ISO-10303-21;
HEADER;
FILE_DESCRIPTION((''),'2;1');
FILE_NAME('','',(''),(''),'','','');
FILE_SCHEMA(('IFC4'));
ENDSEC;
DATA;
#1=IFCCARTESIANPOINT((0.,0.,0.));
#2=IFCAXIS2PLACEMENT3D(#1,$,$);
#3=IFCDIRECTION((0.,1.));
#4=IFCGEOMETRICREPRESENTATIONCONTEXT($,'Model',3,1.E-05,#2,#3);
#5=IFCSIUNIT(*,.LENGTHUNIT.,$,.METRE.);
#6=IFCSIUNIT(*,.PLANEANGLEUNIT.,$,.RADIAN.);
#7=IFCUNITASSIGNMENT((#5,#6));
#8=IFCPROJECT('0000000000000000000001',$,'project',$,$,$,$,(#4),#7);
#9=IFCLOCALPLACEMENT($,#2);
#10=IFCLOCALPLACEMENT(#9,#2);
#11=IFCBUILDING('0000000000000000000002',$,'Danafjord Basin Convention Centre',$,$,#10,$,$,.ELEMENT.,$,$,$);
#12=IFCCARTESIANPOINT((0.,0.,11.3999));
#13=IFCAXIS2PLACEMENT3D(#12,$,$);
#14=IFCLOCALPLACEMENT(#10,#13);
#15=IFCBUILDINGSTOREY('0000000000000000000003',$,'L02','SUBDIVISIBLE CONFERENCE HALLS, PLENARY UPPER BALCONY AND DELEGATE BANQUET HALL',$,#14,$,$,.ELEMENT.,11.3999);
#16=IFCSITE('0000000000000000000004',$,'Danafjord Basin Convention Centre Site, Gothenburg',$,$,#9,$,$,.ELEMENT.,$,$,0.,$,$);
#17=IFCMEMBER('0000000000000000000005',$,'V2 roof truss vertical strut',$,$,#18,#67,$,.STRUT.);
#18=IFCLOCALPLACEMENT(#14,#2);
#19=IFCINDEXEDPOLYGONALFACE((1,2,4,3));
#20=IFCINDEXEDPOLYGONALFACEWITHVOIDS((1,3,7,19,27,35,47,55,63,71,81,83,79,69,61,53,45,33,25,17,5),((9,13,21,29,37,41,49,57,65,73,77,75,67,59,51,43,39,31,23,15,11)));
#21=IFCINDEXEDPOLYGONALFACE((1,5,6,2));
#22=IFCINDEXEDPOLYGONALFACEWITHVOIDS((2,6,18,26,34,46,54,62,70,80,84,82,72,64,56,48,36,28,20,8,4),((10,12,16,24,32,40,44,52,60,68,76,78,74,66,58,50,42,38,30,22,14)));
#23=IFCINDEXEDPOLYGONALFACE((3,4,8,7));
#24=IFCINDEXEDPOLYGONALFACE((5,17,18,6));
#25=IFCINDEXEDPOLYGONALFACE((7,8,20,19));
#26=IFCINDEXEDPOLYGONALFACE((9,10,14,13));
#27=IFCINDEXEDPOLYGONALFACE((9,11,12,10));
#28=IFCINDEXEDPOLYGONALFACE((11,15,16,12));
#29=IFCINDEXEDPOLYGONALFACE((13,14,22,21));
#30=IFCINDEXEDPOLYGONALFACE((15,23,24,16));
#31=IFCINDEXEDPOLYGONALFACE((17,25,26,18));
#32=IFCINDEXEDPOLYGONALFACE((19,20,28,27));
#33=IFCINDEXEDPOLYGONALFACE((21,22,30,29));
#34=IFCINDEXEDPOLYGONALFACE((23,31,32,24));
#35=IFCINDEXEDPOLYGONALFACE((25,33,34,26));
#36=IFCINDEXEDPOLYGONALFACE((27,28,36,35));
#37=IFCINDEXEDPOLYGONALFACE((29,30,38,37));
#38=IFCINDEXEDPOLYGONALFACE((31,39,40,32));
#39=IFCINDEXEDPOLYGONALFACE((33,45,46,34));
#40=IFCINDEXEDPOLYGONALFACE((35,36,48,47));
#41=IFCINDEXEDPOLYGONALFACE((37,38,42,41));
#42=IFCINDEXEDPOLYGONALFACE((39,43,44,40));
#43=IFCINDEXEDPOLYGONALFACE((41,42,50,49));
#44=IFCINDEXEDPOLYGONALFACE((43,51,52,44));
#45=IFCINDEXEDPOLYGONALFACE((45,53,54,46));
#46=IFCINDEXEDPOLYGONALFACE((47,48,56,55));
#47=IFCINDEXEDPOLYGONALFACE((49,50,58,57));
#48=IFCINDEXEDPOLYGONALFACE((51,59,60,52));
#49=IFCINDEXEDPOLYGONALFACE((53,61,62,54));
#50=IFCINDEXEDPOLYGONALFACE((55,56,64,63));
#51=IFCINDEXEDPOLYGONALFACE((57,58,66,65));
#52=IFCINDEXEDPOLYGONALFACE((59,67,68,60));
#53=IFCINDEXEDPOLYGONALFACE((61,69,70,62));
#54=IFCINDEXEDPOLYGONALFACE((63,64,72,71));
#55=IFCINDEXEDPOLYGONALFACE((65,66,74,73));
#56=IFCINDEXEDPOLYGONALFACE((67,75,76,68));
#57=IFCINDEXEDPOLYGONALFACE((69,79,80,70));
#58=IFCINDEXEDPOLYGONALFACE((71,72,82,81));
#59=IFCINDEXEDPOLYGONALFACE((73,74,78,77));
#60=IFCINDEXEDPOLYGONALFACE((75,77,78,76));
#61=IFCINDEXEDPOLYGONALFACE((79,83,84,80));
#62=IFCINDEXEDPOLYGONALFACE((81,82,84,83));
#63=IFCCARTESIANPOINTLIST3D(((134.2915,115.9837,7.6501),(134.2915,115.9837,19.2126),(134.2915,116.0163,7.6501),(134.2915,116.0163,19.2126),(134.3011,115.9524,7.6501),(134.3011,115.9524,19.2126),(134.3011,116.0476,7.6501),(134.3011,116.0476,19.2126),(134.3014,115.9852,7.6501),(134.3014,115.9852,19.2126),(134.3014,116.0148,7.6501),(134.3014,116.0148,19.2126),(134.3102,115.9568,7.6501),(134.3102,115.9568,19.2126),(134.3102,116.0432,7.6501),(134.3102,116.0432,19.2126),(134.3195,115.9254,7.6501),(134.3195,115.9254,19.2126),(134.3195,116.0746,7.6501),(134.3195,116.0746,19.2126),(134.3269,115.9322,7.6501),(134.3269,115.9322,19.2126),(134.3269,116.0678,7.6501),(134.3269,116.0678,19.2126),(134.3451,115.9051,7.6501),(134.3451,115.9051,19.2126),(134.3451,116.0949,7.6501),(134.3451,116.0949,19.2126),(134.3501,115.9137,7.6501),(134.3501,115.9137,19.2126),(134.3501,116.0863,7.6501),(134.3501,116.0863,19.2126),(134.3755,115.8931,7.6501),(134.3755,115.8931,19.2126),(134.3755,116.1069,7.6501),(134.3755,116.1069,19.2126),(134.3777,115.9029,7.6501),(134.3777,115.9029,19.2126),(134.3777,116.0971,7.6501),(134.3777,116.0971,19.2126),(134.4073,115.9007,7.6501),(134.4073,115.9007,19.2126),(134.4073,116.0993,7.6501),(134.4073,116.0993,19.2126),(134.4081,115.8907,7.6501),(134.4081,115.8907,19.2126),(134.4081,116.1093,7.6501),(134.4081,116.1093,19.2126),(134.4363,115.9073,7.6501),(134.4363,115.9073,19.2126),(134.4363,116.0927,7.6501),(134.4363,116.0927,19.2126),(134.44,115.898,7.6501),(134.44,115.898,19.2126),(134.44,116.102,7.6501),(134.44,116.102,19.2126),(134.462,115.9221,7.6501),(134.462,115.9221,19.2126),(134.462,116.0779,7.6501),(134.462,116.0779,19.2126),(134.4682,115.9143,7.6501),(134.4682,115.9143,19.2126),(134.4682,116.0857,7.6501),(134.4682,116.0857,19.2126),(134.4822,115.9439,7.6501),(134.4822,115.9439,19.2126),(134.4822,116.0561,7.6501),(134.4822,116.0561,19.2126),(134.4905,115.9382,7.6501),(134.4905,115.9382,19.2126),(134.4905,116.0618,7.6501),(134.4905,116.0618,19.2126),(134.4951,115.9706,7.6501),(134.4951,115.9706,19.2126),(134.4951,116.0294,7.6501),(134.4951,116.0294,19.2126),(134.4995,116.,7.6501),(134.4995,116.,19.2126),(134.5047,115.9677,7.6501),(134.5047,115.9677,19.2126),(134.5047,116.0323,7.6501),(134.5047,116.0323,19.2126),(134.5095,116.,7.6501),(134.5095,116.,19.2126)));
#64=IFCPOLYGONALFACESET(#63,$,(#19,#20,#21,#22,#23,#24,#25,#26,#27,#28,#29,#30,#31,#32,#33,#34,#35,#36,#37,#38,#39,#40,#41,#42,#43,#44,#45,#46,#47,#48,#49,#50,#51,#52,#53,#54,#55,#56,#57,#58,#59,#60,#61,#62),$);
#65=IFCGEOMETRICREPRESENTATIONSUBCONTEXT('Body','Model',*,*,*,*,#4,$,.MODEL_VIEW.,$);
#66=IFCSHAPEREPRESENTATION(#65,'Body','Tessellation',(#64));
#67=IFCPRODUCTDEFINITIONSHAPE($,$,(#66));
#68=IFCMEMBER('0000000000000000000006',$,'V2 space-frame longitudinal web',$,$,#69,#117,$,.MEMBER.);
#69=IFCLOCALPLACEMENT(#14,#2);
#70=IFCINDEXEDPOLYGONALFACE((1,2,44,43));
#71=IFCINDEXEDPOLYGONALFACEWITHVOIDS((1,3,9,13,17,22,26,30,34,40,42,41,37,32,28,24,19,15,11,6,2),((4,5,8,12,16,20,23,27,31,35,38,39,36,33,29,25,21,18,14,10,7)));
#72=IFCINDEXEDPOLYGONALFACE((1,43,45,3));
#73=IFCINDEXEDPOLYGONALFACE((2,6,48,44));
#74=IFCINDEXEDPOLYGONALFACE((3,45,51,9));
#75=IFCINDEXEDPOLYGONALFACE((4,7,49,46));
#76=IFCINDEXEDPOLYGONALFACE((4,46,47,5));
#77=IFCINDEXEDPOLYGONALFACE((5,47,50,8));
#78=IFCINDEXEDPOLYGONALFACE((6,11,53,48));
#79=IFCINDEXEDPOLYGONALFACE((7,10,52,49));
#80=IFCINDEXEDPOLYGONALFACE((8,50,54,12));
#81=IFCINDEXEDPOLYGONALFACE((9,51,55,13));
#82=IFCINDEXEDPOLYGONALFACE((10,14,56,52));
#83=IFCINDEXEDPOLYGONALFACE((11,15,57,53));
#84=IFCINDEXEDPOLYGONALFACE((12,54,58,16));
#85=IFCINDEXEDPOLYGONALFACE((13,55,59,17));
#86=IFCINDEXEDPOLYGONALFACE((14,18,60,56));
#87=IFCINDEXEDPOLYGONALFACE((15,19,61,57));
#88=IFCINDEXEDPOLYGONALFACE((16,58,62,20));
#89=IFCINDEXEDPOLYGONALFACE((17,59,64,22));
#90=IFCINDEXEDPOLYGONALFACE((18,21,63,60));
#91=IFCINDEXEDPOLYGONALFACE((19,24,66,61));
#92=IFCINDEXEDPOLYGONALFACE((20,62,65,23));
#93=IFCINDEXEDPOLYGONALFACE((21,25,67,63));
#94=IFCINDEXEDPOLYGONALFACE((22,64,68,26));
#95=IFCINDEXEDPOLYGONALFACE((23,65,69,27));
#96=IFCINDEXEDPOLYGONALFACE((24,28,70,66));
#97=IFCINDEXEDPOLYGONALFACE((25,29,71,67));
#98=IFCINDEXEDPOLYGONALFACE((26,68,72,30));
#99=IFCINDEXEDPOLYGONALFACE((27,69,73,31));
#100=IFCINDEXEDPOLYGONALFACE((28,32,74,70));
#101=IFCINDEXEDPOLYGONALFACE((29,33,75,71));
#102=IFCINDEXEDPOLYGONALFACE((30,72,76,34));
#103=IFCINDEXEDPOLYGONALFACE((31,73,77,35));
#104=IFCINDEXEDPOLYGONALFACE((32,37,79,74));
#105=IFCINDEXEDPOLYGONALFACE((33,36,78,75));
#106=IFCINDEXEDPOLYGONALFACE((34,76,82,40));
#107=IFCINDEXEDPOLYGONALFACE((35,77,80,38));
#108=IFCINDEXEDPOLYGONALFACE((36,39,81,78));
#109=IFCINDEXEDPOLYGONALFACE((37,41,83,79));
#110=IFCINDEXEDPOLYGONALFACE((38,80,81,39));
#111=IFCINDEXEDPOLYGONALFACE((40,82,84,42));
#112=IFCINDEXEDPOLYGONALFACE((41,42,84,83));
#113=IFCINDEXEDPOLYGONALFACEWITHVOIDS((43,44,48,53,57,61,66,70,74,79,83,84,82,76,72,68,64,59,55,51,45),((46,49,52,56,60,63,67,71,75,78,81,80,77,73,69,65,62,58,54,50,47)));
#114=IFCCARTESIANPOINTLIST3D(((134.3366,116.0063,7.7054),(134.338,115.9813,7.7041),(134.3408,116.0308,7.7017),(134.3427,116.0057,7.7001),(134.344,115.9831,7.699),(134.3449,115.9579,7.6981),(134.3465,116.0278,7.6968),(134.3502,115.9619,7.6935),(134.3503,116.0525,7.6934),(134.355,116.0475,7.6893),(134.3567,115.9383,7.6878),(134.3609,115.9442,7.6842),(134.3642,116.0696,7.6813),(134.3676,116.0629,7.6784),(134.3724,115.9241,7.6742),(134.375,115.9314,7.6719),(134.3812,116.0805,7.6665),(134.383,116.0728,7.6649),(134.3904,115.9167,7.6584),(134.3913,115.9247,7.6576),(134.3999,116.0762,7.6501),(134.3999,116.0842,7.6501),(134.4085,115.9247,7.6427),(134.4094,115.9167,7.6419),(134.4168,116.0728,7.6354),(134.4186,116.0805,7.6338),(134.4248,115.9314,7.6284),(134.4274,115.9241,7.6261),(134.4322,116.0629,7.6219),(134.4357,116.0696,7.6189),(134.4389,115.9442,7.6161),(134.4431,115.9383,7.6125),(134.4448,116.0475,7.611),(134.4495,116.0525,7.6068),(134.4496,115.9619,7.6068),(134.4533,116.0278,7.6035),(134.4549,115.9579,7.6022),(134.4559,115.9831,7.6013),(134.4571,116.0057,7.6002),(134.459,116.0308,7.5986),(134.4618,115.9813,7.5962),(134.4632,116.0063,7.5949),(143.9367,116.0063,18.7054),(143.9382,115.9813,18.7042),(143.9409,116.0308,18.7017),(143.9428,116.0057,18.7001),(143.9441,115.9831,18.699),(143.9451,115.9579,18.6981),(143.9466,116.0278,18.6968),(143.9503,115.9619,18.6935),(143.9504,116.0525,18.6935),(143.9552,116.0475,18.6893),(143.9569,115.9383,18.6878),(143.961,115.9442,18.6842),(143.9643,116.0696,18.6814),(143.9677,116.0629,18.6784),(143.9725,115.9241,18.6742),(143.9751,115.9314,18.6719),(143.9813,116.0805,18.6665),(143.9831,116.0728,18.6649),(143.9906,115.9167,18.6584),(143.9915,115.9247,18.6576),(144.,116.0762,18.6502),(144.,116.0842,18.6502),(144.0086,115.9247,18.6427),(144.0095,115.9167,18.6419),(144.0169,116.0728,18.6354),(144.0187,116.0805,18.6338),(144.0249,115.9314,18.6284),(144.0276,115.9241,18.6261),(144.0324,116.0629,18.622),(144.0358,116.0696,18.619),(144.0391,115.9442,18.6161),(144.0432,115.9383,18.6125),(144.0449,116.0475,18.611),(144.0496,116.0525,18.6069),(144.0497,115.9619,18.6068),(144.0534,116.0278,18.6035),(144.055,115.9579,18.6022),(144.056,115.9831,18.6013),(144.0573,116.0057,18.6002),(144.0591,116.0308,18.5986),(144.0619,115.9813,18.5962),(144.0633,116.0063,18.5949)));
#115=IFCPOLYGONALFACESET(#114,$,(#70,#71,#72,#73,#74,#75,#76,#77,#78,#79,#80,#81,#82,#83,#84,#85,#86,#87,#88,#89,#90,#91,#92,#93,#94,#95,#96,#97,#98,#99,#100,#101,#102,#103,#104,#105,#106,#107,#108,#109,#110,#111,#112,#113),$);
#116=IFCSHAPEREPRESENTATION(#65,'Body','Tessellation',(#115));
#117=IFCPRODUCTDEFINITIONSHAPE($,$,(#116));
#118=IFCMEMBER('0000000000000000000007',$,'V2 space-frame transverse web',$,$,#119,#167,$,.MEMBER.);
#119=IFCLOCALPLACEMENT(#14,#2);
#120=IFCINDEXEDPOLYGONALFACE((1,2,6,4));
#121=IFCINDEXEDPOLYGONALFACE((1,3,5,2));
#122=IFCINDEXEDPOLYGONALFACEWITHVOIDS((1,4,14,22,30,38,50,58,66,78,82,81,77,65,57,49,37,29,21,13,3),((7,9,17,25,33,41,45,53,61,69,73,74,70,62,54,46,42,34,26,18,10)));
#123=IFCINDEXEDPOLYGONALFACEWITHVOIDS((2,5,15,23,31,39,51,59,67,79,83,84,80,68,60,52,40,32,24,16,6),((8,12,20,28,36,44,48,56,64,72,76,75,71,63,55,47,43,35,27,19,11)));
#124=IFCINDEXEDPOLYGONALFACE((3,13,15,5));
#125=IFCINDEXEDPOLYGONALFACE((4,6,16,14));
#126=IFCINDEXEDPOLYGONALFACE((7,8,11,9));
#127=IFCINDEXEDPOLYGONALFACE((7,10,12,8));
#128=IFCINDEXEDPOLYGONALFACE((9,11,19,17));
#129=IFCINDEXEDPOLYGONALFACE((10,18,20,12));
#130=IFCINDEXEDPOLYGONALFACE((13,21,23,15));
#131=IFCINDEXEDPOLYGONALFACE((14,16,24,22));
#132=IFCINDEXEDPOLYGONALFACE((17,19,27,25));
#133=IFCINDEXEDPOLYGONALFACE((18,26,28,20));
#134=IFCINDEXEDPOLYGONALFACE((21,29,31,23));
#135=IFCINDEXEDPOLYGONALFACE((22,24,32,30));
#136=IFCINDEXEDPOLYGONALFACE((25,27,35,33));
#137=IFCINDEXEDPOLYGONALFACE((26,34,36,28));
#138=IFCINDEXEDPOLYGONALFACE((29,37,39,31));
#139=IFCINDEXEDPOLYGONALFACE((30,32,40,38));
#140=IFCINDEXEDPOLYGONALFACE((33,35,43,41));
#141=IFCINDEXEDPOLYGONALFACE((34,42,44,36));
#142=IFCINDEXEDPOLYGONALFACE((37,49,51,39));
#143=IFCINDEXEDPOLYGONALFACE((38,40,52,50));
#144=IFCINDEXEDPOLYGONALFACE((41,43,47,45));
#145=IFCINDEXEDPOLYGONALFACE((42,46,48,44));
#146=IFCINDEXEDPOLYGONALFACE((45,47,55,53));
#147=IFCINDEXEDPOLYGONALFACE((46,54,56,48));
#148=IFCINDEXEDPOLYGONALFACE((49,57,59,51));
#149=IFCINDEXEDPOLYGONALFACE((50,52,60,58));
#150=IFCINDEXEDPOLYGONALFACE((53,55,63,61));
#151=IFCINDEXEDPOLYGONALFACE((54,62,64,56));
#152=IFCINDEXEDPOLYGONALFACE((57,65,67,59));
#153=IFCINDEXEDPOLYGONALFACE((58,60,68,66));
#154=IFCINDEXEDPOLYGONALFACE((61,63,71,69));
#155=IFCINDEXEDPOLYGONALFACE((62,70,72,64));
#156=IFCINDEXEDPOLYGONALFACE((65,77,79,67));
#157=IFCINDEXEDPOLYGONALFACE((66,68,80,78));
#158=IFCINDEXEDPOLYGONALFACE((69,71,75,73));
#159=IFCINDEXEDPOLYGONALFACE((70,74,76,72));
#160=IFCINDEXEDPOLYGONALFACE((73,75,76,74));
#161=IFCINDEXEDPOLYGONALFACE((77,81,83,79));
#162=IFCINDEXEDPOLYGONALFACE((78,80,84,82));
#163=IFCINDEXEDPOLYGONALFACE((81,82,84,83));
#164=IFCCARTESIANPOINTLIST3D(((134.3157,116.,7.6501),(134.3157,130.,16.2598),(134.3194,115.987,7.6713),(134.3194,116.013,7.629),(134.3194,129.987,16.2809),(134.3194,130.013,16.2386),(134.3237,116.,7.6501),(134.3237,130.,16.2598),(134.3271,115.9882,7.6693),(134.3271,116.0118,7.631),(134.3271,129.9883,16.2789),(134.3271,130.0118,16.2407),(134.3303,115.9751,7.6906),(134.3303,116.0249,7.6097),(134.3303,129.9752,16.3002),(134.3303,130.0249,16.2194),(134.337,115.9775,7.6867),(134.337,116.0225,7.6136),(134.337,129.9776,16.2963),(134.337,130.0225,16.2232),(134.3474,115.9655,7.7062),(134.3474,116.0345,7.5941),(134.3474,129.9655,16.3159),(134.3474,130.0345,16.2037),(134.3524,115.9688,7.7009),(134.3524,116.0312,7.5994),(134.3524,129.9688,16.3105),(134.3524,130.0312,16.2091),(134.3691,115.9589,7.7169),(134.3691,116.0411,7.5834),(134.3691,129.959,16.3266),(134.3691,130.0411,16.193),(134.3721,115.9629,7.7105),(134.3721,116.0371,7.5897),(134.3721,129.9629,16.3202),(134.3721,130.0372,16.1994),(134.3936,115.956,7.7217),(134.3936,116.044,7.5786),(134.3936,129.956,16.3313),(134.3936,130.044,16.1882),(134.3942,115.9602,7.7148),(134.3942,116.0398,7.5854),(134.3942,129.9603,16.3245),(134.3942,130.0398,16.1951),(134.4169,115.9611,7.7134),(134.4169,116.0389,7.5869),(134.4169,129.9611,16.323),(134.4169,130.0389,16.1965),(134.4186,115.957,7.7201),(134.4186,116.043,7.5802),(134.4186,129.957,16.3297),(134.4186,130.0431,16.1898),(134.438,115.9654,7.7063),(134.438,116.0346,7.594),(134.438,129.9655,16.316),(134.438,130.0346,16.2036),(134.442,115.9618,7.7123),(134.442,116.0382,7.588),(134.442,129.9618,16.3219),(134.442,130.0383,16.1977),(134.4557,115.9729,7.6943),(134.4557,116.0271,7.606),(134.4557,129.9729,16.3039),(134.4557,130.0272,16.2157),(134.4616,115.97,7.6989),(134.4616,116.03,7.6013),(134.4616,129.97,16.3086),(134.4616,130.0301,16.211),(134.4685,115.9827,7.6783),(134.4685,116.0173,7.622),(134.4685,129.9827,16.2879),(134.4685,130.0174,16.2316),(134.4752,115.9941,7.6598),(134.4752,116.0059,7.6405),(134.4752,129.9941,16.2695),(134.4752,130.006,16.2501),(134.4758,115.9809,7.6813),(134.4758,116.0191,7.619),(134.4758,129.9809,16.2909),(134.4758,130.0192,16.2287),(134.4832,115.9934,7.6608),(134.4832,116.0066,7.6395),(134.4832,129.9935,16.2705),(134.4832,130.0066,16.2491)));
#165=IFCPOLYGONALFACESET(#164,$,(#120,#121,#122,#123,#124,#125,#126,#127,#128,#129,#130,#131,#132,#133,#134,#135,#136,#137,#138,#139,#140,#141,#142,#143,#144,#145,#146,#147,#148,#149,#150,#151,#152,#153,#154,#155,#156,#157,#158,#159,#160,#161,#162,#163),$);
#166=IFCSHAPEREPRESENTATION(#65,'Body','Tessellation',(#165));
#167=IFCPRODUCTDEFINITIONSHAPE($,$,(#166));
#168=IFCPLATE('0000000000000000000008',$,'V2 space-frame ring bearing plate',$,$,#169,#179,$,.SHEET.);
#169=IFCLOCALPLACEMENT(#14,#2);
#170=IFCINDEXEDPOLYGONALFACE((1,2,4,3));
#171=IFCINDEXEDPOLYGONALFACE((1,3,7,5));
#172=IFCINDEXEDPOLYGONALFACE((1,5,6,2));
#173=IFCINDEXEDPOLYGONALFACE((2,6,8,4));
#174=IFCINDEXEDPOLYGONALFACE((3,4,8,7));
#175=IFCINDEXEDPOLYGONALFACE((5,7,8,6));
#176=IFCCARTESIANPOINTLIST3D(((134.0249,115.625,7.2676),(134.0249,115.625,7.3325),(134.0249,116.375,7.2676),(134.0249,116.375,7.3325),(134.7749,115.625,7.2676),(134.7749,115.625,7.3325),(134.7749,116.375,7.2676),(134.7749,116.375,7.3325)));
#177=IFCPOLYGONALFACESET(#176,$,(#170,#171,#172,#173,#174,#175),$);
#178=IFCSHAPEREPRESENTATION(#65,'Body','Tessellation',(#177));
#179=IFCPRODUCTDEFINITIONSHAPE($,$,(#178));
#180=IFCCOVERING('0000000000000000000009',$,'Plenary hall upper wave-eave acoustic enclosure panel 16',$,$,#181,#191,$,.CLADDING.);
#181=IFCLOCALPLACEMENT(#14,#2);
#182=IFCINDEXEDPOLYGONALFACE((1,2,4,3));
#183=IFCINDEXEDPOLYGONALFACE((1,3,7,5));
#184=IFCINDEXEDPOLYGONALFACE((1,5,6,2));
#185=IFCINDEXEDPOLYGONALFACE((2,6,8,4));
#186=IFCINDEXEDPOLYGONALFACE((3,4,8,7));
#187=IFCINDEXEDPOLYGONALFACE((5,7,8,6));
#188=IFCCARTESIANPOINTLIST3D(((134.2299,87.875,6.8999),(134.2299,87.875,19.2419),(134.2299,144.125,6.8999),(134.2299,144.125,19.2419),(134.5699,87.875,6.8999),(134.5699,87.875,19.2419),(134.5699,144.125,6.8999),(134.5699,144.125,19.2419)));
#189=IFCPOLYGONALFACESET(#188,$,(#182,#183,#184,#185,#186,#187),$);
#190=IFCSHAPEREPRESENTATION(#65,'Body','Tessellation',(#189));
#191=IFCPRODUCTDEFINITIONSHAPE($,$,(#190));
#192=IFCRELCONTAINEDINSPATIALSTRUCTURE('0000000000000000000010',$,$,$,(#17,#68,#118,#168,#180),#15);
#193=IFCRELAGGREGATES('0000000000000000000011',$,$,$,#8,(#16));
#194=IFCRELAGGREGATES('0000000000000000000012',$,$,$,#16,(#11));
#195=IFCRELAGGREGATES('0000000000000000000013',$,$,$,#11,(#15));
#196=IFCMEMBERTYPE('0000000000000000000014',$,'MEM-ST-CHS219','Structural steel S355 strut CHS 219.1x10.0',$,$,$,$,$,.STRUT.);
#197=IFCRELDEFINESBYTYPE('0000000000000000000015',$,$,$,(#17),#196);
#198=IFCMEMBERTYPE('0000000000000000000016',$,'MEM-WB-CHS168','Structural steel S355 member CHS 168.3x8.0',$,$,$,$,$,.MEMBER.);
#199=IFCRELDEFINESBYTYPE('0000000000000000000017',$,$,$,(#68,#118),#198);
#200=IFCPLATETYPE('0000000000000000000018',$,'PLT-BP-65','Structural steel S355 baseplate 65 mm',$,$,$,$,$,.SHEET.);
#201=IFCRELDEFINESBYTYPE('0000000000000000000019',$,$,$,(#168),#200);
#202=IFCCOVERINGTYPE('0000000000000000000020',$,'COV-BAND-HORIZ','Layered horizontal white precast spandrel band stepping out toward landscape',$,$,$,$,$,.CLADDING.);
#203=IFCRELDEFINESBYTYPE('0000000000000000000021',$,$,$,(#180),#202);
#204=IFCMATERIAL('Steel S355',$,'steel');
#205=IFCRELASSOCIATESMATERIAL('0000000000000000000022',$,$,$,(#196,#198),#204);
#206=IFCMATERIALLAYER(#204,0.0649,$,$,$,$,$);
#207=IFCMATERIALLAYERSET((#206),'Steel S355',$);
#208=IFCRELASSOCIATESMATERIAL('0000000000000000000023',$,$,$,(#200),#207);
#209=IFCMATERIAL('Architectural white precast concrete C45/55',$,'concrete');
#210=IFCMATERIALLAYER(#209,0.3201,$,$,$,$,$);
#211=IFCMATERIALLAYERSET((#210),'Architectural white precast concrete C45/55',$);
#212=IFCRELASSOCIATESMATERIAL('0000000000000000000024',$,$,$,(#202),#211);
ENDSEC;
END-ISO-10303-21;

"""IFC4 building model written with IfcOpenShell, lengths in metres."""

from ifc_helpers import new_model, si_unit, direction, frame, origin, origin_2d, place, context, subcontext, project, spatial, rectangle, hollow_circle, extrude, material, layer, layer_set, material_profile, profile_set, type_object, element, save


model = new_model("IFC4")

# Units and contexts
model_context = context("Model", 3, precision=1e-05, world=origin(), true_north=direction((0.0, 1.0)))
body_context = subcontext(model_context, "Body", "Model", "MODEL_VIEW")
ifc_project = project(units=[si_unit("LENGTHUNIT", "METRE"), si_unit("PLANEANGLEUNIT", "RADIAN")], contexts=[model_context])

# Site, building, storey
site_placement = place(None, origin())
site = spatial("IfcSite", under=ifc_project, at=site_placement, Name="Danafjord Basin Convention Centre Site, Gothenburg", CompositionType="ELEMENT", RefElevation=0.0)
building_placement = place(site_placement, origin())
building = spatial("IfcBuilding", under=site, at=building_placement, Name="Danafjord Basin Convention Centre", CompositionType="ELEMENT")
storey_placement = place(building_placement, frame((0.0, 0.0, 11.3999)))
storey = spatial("IfcBuildingStorey", under=building, at=storey_placement, Name="L02", Description="SUBDIVISIBLE CONFERENCE HALLS, PLENARY UPPER BALCONY AND DELEGATE BANQUET HALL", CompositionType="ELEMENT", Elevation=11.3999)

# Shared definitions
ifc_material_1 = material(Name="Steel S355", Category="steel")

# Members
ifc_material_profile_1 = material_profile(ifc_material_1, hollow_circle(Radius=0.1096, WallThickness=0.01, at=origin_2d()), Name="CHS 219.1x10.0")
ifc_profile_set_1 = profile_set([ifc_material_profile_1], Name="Steel S355")
member_type_1 = type_object("IfcMemberType", Name="MEM-ST-CHS219", Description="Structural steel S355 strut CHS 219.1x10.0", PredefinedType="STRUT", material=ifc_profile_set_1)
member_1_placement = place(storey_placement, frame((134.3999, 116.0, 7.6501), z_axis=(0.0, 0.0, 1.0), x_axis=(1.0, 0.0, 0.0)))
element("IfcMember", 1, at=member_1_placement, inside=storey, type_object=member_type_1, Name="V2 roof truss vertical strut", PredefinedType="STRUT", context=body_context, shape_type="SweptSolid", body=[
    extrude(hollow_circle(Radius=0.1096, WallThickness=0.01, at=origin_2d()), origin(), (0.0, 0.0, 1.0), 11.5625),
])
ifc_material_profile_2 = material_profile(ifc_material_1, hollow_circle(Radius=0.0842, WallThickness=0.0081, at=origin_2d()), Name="CHS 168.3x8.0")
ifc_profile_set_2 = profile_set([ifc_material_profile_2], Name="Steel S355")
member_type_2 = type_object("IfcMemberType", Name="MEM-WB-CHS168", Description="Structural steel S355 member CHS 168.3x8.0", PredefinedType="MEMBER", material=ifc_profile_set_2)
member_2_placement = place(storey_placement, frame((134.3999, 116.0, 7.6501), z_axis=(0.657538, 0.0, 0.753421), x_axis=(0.0, 1.0, 0.0)))
element("IfcMember", 2, at=member_2_placement, inside=storey, type_object=member_type_2, Name="V2 space-frame longitudinal web", PredefinedType="MEMBER", context=body_context, shape_type="SweptSolid", body=[
    extrude(hollow_circle(Radius=0.0842, WallThickness=0.0081, at=origin_2d()), origin(), (0.0, 0.0, 1.0), 14.6001),
])
member_3_placement = place(storey_placement, frame((134.3999, 116.0, 7.6501), z_axis=(0.0, 0.851815, 0.523843), x_axis=(-1.0, 0.0, 0.0)))
element("IfcMember", 3, at=member_3_placement, inside=storey, type_object=member_type_2, Name="V2 space-frame transverse web", PredefinedType="MEMBER", context=body_context, shape_type="SweptSolid", body=[
    extrude(hollow_circle(Radius=0.0842, WallThickness=0.0081, at=origin_2d()), origin(), (0.0, 0.0, 1.0), 16.4355),
])

# Plate
ifc_layer_1 = layer(ifc_material_1, 0.0649)
ifc_layer_set_1 = layer_set([ifc_layer_1], Name="Steel S355")
plate_type = type_object("IfcPlateType", Name="PLT-BP-65", Description="Structural steel S355 baseplate 65 mm", PredefinedType="SHEET", material=ifc_layer_set_1)
plate_placement = place(storey_placement, frame((134.3999, 116.0, 7.2676), z_axis=(0.0, 0.0, 1.0), x_axis=(1.0, 0.0, 0.0)))
element("IfcPlate", 4, at=plate_placement, inside=storey, type_object=plate_type, Name="V2 space-frame ring bearing plate", PredefinedType="SHEET", context=body_context, shape_type="SweptSolid", body=[
    extrude(rectangle(XDim=0.75, YDim=0.75, at=origin_2d()), origin(), (0.0, 0.0, 1.0), 0.0649),
])

# Covering
ifc_material_2 = material(Name="Architectural white precast concrete C45/55", Category="concrete")
ifc_layer_2 = layer(ifc_material_2, 0.3201)
ifc_layer_set_2 = layer_set([ifc_layer_2], Name="Architectural white precast concrete C45/55")
covering_type_1 = type_object("IfcCoveringType", Name="COV-BAND-HORIZ", Description="Layered horizontal white precast spandrel band stepping out toward landscape", PredefinedType="CLADDING", material=ifc_layer_set_2)
covering_1_placement = place(storey_placement, frame((134.3999, 116.0, 6.8999), z_axis=(0.0, 0.0, 1.0), x_axis=(0.0, -1.0, 0.0)))
element("IfcCovering", 5, at=covering_1_placement, inside=storey, type_object=covering_type_1, Name="Plenary hall upper wave-eave acoustic enclosure panel 16", PredefinedType="CLADDING", context=body_context, shape_type="SweptSolid", body=[
    extrude(rectangle(XDim=56.25, YDim=0.3401, at=origin_2d()), origin(), (0.0, 0.0, 1.0), 12.342),
])

save(model, "model.ifc")
